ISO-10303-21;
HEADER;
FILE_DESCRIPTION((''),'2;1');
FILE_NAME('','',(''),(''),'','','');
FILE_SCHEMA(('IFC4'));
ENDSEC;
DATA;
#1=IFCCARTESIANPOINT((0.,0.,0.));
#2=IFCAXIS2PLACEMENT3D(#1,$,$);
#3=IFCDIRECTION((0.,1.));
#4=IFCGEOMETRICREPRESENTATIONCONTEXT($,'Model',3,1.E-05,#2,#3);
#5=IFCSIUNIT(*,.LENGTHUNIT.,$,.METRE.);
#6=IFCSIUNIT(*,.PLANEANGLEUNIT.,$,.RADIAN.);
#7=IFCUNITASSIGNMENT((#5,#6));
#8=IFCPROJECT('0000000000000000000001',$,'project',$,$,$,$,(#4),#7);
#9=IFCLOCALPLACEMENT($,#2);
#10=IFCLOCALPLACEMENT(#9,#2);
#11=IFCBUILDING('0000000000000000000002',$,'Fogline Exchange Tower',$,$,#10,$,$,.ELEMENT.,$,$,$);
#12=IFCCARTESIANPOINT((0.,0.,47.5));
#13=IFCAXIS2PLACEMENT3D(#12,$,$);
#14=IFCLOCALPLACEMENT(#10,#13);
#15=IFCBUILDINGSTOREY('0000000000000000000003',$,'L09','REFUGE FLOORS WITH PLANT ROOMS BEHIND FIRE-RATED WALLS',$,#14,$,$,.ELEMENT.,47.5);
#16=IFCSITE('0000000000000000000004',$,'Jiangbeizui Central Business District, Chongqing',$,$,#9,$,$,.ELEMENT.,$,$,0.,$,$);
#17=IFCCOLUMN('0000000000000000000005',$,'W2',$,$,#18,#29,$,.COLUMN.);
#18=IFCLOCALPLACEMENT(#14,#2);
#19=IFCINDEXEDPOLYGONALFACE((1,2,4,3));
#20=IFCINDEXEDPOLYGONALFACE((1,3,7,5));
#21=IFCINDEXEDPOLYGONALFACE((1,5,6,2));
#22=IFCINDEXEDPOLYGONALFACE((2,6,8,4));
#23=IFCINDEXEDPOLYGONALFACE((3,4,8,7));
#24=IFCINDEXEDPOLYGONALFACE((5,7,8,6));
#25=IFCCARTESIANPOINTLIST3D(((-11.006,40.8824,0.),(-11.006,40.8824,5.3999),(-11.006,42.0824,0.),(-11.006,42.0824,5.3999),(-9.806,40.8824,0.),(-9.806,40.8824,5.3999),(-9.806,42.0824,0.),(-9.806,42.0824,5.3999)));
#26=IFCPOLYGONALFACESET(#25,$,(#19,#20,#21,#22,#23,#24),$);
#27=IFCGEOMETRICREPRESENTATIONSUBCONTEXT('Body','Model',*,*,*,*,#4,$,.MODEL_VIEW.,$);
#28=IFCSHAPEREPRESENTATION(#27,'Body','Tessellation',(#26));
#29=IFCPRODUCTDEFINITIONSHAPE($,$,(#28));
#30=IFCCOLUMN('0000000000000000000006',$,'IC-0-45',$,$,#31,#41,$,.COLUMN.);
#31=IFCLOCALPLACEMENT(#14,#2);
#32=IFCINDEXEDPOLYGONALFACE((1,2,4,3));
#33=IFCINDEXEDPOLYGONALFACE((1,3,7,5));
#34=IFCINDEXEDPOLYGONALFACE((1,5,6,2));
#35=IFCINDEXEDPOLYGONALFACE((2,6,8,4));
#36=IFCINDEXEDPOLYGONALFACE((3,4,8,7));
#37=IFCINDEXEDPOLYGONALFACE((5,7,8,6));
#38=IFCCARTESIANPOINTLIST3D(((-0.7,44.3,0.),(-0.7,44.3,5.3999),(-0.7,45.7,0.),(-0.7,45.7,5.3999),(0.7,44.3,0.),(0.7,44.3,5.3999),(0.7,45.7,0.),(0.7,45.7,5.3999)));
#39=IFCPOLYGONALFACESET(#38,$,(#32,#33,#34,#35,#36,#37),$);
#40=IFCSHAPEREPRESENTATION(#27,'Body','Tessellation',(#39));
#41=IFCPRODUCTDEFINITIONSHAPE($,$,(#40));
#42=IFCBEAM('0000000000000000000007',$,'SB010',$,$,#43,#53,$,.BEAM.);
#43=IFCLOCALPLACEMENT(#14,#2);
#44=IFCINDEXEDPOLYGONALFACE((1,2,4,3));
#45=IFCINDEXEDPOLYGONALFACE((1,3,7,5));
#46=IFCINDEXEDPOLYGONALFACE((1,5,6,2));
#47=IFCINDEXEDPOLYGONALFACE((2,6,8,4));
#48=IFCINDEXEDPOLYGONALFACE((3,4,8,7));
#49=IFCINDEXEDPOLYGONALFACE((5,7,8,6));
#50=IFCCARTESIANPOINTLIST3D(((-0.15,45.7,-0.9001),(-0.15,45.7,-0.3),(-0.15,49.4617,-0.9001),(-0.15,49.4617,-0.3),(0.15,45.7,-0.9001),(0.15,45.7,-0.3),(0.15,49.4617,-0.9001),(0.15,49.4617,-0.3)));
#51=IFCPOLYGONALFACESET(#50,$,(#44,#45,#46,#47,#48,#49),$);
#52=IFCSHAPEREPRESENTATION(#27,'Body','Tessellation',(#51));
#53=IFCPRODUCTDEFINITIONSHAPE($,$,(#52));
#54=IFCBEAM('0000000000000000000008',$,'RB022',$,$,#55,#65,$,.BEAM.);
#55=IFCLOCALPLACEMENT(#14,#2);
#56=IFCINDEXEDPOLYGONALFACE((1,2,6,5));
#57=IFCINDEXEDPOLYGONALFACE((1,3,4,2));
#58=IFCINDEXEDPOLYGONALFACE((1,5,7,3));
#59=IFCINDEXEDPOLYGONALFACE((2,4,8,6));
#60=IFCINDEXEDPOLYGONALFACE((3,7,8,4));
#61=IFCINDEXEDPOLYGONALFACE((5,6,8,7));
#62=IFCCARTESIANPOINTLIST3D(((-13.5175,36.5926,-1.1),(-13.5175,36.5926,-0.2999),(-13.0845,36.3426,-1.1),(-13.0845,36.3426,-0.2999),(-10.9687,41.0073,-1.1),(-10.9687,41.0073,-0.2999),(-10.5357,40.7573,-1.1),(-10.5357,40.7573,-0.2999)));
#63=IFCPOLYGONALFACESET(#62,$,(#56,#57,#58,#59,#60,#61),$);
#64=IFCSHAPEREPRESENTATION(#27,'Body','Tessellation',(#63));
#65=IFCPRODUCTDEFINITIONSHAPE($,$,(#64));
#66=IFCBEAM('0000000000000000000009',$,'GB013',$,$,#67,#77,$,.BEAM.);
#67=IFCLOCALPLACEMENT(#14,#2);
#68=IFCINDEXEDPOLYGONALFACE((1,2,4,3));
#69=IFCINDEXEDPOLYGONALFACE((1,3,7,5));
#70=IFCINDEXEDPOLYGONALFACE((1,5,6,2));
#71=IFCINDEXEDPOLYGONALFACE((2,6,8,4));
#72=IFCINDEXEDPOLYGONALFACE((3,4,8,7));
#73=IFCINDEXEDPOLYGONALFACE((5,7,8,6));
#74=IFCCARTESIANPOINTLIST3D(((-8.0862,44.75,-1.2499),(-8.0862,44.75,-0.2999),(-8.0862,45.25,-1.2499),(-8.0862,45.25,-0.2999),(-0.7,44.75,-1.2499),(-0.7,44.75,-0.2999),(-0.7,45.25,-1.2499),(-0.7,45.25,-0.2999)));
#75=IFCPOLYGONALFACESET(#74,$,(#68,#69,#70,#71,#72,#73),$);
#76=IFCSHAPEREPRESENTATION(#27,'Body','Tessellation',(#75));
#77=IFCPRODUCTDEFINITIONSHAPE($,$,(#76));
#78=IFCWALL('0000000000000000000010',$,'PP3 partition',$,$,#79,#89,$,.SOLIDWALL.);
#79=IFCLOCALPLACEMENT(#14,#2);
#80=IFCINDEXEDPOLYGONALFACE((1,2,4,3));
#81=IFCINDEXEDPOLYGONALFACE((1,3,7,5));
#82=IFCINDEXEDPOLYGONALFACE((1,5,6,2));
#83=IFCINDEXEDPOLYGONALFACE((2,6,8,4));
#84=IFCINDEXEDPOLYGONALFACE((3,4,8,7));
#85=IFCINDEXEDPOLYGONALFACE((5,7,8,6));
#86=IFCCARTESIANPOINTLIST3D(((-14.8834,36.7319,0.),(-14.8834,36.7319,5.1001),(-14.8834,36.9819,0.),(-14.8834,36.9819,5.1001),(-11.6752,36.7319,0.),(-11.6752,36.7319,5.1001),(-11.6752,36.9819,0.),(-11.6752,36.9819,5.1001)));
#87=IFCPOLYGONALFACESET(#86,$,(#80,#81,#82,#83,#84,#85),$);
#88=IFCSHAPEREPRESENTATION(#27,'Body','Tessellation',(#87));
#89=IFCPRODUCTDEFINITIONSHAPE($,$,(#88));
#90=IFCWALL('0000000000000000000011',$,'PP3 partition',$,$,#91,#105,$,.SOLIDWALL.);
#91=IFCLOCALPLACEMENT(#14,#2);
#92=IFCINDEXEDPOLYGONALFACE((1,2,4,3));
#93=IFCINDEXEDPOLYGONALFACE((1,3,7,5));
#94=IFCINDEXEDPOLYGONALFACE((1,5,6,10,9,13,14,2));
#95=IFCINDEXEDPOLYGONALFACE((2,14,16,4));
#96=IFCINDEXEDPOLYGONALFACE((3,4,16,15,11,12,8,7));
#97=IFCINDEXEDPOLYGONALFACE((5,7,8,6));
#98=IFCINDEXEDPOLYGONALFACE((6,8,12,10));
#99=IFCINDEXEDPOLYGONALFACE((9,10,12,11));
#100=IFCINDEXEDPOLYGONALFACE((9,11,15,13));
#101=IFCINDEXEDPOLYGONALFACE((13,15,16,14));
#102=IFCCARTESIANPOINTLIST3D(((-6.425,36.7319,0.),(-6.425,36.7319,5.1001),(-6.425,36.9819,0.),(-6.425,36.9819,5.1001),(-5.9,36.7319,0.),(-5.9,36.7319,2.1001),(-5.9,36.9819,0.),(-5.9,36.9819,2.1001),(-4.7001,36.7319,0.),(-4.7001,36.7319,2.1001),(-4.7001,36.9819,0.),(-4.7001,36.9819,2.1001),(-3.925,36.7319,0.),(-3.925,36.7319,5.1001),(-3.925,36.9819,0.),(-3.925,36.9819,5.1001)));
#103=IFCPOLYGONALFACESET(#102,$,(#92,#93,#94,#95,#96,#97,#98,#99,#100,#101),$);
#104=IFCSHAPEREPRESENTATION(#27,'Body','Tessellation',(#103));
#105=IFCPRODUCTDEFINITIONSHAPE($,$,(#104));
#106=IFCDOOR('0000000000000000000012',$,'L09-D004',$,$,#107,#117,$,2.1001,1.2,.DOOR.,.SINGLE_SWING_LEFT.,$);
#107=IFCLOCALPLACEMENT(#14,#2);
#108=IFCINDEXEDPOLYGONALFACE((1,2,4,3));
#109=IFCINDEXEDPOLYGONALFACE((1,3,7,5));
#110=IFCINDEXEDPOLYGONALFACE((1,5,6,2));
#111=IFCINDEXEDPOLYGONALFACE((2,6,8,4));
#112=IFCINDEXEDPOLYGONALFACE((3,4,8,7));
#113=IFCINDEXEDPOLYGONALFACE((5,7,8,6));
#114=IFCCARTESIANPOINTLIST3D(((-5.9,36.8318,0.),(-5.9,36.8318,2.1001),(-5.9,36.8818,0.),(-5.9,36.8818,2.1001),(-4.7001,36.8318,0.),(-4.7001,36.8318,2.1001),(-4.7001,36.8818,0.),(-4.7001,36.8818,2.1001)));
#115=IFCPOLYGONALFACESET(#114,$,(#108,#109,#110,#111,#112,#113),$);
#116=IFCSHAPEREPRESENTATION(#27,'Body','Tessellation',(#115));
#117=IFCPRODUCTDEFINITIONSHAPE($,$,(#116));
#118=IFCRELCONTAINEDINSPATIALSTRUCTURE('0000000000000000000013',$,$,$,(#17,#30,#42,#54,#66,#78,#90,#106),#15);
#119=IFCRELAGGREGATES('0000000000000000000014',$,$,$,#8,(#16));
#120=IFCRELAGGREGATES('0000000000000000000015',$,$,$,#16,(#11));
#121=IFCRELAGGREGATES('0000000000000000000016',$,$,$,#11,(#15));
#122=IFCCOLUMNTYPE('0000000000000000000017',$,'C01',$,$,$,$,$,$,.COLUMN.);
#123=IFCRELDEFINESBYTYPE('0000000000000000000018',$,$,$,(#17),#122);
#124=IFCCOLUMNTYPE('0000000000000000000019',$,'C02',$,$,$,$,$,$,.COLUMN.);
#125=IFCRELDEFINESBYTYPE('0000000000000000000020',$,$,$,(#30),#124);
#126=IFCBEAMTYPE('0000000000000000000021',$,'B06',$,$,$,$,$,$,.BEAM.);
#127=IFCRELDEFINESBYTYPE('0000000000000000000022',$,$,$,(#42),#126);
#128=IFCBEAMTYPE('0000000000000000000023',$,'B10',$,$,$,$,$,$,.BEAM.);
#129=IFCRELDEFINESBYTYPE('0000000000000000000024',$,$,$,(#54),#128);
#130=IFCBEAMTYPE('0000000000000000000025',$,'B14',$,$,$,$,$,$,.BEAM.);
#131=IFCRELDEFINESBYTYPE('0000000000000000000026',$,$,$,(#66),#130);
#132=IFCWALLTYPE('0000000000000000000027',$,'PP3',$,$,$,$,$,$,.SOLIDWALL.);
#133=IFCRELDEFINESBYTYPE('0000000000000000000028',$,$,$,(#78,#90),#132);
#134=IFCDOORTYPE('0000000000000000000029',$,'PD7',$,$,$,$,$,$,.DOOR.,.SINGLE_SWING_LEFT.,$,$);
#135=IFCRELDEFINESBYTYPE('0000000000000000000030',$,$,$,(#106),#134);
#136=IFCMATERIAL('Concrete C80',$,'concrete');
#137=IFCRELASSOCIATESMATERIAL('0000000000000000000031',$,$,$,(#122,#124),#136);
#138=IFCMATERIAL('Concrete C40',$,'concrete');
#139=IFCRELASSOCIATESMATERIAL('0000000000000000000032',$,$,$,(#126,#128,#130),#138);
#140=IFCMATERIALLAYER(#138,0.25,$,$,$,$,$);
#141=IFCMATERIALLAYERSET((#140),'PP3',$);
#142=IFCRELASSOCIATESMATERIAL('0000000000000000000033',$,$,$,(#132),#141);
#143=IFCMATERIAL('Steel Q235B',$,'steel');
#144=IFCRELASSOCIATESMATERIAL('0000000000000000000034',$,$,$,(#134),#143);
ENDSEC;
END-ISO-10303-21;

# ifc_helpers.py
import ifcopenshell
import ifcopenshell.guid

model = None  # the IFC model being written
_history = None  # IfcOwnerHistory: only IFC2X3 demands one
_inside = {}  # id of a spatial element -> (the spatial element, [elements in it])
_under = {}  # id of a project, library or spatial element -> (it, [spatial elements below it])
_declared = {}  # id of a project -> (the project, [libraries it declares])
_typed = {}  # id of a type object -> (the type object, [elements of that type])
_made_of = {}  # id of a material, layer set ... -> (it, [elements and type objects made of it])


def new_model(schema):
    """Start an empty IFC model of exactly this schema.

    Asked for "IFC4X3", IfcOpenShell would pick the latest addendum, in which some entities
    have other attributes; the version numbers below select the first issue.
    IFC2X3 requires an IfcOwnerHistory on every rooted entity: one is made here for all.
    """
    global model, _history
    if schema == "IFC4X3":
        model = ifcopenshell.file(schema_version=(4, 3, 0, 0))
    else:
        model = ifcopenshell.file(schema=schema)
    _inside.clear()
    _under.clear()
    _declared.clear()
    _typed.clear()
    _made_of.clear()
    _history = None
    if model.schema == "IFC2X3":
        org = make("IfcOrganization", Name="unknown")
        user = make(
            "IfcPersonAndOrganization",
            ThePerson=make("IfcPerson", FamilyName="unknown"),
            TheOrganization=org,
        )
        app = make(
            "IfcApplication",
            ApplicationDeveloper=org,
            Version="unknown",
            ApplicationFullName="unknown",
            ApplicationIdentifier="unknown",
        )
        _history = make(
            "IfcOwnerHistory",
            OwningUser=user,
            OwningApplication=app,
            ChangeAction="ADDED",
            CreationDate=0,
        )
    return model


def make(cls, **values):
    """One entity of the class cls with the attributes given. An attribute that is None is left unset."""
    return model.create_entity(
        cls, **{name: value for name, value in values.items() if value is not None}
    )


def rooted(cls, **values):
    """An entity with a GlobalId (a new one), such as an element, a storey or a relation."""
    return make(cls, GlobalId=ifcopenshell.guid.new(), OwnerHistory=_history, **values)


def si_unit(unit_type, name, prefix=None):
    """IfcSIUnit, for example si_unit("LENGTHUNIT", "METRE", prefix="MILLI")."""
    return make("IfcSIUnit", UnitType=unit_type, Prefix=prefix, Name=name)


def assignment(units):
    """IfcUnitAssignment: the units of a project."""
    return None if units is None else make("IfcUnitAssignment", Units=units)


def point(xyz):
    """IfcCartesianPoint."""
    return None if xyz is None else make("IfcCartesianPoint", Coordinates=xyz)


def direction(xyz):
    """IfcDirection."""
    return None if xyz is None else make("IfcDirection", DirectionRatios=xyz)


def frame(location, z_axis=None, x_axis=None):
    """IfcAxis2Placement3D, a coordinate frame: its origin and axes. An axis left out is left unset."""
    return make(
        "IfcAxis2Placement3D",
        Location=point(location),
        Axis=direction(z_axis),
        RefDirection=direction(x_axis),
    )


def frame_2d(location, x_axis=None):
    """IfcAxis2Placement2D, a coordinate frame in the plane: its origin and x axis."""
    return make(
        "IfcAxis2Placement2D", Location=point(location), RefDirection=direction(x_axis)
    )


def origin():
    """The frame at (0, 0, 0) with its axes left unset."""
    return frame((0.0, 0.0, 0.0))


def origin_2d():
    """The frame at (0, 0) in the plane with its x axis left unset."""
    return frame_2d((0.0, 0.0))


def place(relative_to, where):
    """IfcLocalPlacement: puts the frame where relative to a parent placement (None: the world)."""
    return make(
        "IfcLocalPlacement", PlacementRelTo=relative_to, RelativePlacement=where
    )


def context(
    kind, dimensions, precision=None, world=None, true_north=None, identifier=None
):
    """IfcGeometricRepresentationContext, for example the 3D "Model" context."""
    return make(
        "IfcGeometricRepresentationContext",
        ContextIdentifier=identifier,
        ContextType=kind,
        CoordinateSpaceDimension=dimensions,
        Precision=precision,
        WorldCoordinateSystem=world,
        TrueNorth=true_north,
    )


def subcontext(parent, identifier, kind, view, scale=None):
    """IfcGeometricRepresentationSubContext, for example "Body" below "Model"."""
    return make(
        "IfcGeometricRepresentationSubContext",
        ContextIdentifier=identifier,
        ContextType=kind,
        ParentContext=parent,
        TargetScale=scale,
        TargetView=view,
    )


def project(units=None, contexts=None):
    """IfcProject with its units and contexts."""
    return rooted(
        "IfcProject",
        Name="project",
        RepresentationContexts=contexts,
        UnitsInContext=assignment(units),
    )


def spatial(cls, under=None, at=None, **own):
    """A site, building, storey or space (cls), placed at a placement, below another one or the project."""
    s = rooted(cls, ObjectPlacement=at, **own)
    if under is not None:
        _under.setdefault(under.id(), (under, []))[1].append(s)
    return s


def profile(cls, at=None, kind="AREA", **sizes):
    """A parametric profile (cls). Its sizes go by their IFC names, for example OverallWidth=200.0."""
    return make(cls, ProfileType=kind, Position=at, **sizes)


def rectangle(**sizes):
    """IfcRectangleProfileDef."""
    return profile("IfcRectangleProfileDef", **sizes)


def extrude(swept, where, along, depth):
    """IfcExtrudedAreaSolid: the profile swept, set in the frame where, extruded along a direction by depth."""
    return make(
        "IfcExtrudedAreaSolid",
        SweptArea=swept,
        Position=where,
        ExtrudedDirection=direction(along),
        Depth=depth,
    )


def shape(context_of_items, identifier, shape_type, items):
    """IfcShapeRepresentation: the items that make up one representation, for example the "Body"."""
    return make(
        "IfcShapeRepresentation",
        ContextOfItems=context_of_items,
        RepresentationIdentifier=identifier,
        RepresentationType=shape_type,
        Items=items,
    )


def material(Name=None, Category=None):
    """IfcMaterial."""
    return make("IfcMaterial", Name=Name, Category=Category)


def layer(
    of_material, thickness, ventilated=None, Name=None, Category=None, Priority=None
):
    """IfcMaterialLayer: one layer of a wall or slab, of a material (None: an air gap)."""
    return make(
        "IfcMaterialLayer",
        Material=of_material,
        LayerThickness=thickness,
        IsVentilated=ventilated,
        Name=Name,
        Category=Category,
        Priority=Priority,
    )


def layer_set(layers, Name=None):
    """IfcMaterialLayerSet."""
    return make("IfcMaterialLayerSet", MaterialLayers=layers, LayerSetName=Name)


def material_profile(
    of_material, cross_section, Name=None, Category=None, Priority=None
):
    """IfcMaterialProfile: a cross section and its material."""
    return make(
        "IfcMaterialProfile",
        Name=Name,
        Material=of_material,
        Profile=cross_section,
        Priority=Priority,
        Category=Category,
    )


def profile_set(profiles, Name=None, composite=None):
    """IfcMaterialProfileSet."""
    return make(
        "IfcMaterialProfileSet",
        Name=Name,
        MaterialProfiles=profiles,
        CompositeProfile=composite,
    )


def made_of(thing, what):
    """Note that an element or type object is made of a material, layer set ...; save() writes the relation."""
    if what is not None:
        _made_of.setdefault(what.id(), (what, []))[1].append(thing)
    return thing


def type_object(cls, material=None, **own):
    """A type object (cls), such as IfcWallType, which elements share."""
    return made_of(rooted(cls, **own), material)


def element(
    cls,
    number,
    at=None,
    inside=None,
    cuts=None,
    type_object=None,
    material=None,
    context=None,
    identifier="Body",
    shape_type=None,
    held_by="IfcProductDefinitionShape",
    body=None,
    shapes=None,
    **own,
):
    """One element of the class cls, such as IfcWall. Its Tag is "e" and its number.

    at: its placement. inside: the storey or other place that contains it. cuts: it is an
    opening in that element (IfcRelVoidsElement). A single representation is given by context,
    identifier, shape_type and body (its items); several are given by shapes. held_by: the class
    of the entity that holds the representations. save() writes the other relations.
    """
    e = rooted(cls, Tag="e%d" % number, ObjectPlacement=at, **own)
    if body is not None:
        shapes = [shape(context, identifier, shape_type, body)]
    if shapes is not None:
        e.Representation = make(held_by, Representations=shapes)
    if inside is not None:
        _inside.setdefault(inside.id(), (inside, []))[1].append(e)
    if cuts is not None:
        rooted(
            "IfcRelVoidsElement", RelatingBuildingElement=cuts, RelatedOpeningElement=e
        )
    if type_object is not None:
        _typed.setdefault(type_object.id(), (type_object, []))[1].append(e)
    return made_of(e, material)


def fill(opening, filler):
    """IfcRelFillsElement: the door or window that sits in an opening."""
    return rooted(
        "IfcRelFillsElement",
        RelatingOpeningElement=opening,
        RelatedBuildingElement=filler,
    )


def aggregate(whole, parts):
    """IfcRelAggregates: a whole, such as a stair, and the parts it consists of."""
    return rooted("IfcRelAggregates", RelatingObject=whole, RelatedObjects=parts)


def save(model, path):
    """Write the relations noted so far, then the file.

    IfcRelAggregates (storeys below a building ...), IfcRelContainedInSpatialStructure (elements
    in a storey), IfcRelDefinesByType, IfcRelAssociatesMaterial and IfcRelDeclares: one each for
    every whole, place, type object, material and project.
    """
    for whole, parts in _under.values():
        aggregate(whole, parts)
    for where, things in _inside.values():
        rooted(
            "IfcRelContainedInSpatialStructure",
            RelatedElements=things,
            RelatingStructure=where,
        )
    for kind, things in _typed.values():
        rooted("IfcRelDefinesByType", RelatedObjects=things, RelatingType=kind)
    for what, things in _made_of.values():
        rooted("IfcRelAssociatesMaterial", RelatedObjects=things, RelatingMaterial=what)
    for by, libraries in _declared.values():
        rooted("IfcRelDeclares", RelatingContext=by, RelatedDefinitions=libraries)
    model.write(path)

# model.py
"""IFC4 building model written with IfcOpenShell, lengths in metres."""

from ifc_helpers import new_model, si_unit, direction, frame, frame_2d, origin, origin_2d, place, context, subcontext, project, spatial, rectangle, extrude, material, layer, layer_set, material_profile, profile_set, type_object, element, fill, save


model = new_model("IFC4")

# Units and contexts
model_context = context("Model", 3, precision=1e-05, world=origin(), true_north=direction((0.0, 1.0)))
body_context = subcontext(model_context, "Body", "Model", "MODEL_VIEW")
ifc_project = project(units=[si_unit("LENGTHUNIT", "METRE"), si_unit("PLANEANGLEUNIT", "RADIAN")], contexts=[model_context])

# Site, building, storey
site_placement = place(None, origin())
site = spatial("IfcSite", under=ifc_project, at=site_placement, Name="Jiangbeizui Central Business District, Chongqing", CompositionType="ELEMENT", RefElevation=0.0)
building_placement = place(site_placement, origin())
building = spatial("IfcBuilding", under=site, at=building_placement, Name="Fogline Exchange Tower", CompositionType="ELEMENT")
storey_placement = place(building_placement, frame((0.0, 0.0, 47.5)))
storey = spatial("IfcBuildingStorey", under=building, at=storey_placement, Name="L09", Description="REFUGE FLOORS WITH PLANT ROOMS BEHIND FIRE-RATED WALLS", CompositionType="ELEMENT", Elevation=47.5)

# Columns
ifc_material_1 = material(Name="Concrete C80", Category="concrete")
ifc_material_profile_1 = material_profile(ifc_material_1, rectangle(XDim=1.2, YDim=1.2, at=origin_2d()), Name="RC 1200x1200")
ifc_profile_set_1 = profile_set([ifc_material_profile_1], Name="Concrete C80")
column_type_1 = type_object("IfcColumnType", Name="C01", PredefinedType="COLUMN", material=ifc_profile_set_1)
column_1_placement = place(storey_placement, frame((-10.406, 41.4824, 0.0), z_axis=(0.0, 0.0, 1.0), x_axis=(1.0, 0.0, 0.0)))
element("IfcColumn", 1, at=column_1_placement, inside=storey, type_object=column_type_1, Name="W2", PredefinedType="COLUMN", context=body_context, shape_type="SweptSolid", body=[
    extrude(rectangle(XDim=1.2, YDim=1.2, at=origin_2d()), origin(), (0.0, 0.0, 1.0), 5.3999),
])
ifc_material_profile_2 = material_profile(ifc_material_1, rectangle(XDim=1.3999, YDim=1.3999, at=origin_2d()), Name="RC 1400x1400")
ifc_profile_set_2 = profile_set([ifc_material_profile_2], Name="Concrete C80")
column_type_2 = type_object("IfcColumnType", Name="C02", PredefinedType="COLUMN", material=ifc_profile_set_2)
column_2_placement = place(storey_placement, frame((0.0, 45.0, 0.0), z_axis=(0.0, 0.0, 1.0), x_axis=(1.0, 0.0, 0.0)))
element("IfcColumn", 2, at=column_2_placement, inside=storey, type_object=column_type_2, Name="IC-0-45", PredefinedType="COLUMN", context=body_context, shape_type="SweptSolid", body=[
    extrude(rectangle(XDim=1.3999, YDim=1.3999, at=origin_2d()), origin(), (0.0, 0.0, 1.0), 5.3999),
])

# Beams
ifc_material_2 = material(Name="Concrete C40", Category="concrete")
ifc_material_profile_3 = material_profile(ifc_material_2, rectangle(XDim=0.3, YDim=0.6001, at=origin_2d()), Name="RC 300x600")
ifc_profile_set_3 = profile_set([ifc_material_profile_3], Name="Concrete C40")
beam_type_1 = type_object("IfcBeamType", Name="B06", PredefinedType="BEAM", material=ifc_profile_set_3)
beam_1_placement = place(storey_placement, frame((0.0, 45.7, -0.6001), z_axis=(0.0, 1.0, 0.0), x_axis=(-1.0, 0.0, 0.0)))
element("IfcBeam", 3, at=beam_1_placement, inside=storey, type_object=beam_type_1, Name="SB010", PredefinedType="BEAM", context=body_context, shape_type="SweptSolid", body=[
    extrude(rectangle(XDim=0.3, YDim=0.6001, at=origin_2d()), origin(), (0.0, 0.0, 1.0), 3.7617),
])
ifc_material_profile_4 = material_profile(ifc_material_2, rectangle(XDim=0.5, YDim=0.8, at=origin_2d()), Name="RC 500x800")
ifc_profile_set_4 = profile_set([ifc_material_profile_4], Name="Concrete C40")
beam_type_2 = type_object("IfcBeamType", Name="B10", PredefinedType="BEAM", material=ifc_profile_set_4)
beam_2_placement = place(storey_placement, frame((-10.7522, 40.8823, -0.7), z_axis=(-0.499992, -0.86603, 0.0), x_axis=(0.86603, -0.499992, 0.0)))
element("IfcBeam", 4, at=beam_2_placement, inside=storey, type_object=beam_type_2, Name="RB022", PredefinedType="BEAM", context=body_context, shape_type="SweptSolid", body=[
    extrude(rectangle(XDim=0.5, YDim=0.8, at=origin_2d()), origin(), (0.0, 0.0, 1.0), 5.0977),
])
ifc_material_profile_5 = material_profile(ifc_material_2, rectangle(XDim=0.5, YDim=0.95, at=origin_2d()), Name="RC 500x950")
ifc_profile_set_5 = profile_set([ifc_material_profile_5], Name="Concrete C40")
beam_type_3 = type_object("IfcBeamType", Name="B14", PredefinedType="BEAM", material=ifc_profile_set_5)
beam_3_placement = place(storey_placement, frame((-8.0862, 45.0, -0.7749), z_axis=(1.0, 0.0, 0.0), x_axis=(0.0, 1.0, 0.0)))
element("IfcBeam", 5, at=beam_3_placement, inside=storey, type_object=beam_type_3, Name="GB013", PredefinedType="BEAM", context=body_context, shape_type="SweptSolid", body=[
    extrude(rectangle(XDim=0.5, YDim=0.95, at=origin_2d()), origin(), (0.0, 0.0, 1.0), 7.3862),
])

# Wall
ifc_layer = layer(ifc_material_2, 0.25)
ifc_layer_set = layer_set([ifc_layer], Name="PP3")
wall_type = type_object("IfcWallType", Name="PP3", PredefinedType="SOLIDWALL", material=ifc_layer_set)
wall_1_placement = place(storey_placement, frame((-14.8833, 36.8569, 0.0), z_axis=(0.0, 0.0, 1.0), x_axis=(1.0, 0.0, 0.0)))
element("IfcWall", 6, at=wall_1_placement, inside=storey, type_object=wall_type, Name="PP3 partition", PredefinedType="SOLIDWALL", context=body_context, shape_type="SweptSolid", body=[
    extrude(rectangle(XDim=3.2083, YDim=0.25, at=frame_2d((1.604, 0.0))), origin(), (0.0, 0.0, 1.0), 5.1001),
])

# Wall, opening, door
wall_2_placement = place(storey_placement, frame((-6.425, 36.8569, 0.0), z_axis=(0.0, 0.0, 1.0), x_axis=(1.0, 0.0, 0.0)))
wall_2 = element("IfcWall", 7, at=wall_2_placement, inside=storey, type_object=wall_type, Name="PP3 partition", PredefinedType="SOLIDWALL", context=body_context, shape_type="SweptSolid", body=[
    extrude(rectangle(XDim=2.5, YDim=0.25, at=frame_2d((1.25, 0.0))), origin(), (0.0, 0.0, 1.0), 5.1001),
])
opening_placement = place(wall_2_placement, frame((0.5249, 0.0, 0.0)))
opening = element("IfcOpeningElement", 8, at=opening_placement, cuts=wall_2, PredefinedType="OPENING", context=body_context, shape_type="SweptSolid", body=[
    extrude(rectangle(XDim=1.2, YDim=2.1001, at=frame_2d((0.6001, 1.05))), frame((0.0, 0.135, 0.0), z_axis=(0.0, -1.0, 0.0), x_axis=(1.0, 0.0, 0.0)), (0.0, 0.0, 1.0), 0.27),
])
ifc_material_3 = material(Name="Steel Q235B", Category="steel")
door_type = type_object("IfcDoorType", Name="PD7", OperationType="SINGLE_SWING_LEFT", PredefinedType="DOOR", material=ifc_material_3)
door_placement = place(opening_placement, origin())
door = element("IfcDoor", 9, at=door_placement, inside=storey, type_object=door_type, Name="L09-D004", OperationType="SINGLE_SWING_LEFT", OverallHeight=2.1001, OverallWidth=1.2, PredefinedType="DOOR", context=body_context, shape_type="SweptSolid", body=[
    extrude(rectangle(XDim=1.2, YDim=2.1001, at=frame_2d((0.6001, 1.05))), frame((0.0, 0.0249, 0.0), z_axis=(0.0, -1.0, 0.0), x_axis=(1.0, 0.0, 0.0)), (0.0, 0.0, 1.0), 0.05),
])
fill(opening, door)

save(model, "model.ifc")
